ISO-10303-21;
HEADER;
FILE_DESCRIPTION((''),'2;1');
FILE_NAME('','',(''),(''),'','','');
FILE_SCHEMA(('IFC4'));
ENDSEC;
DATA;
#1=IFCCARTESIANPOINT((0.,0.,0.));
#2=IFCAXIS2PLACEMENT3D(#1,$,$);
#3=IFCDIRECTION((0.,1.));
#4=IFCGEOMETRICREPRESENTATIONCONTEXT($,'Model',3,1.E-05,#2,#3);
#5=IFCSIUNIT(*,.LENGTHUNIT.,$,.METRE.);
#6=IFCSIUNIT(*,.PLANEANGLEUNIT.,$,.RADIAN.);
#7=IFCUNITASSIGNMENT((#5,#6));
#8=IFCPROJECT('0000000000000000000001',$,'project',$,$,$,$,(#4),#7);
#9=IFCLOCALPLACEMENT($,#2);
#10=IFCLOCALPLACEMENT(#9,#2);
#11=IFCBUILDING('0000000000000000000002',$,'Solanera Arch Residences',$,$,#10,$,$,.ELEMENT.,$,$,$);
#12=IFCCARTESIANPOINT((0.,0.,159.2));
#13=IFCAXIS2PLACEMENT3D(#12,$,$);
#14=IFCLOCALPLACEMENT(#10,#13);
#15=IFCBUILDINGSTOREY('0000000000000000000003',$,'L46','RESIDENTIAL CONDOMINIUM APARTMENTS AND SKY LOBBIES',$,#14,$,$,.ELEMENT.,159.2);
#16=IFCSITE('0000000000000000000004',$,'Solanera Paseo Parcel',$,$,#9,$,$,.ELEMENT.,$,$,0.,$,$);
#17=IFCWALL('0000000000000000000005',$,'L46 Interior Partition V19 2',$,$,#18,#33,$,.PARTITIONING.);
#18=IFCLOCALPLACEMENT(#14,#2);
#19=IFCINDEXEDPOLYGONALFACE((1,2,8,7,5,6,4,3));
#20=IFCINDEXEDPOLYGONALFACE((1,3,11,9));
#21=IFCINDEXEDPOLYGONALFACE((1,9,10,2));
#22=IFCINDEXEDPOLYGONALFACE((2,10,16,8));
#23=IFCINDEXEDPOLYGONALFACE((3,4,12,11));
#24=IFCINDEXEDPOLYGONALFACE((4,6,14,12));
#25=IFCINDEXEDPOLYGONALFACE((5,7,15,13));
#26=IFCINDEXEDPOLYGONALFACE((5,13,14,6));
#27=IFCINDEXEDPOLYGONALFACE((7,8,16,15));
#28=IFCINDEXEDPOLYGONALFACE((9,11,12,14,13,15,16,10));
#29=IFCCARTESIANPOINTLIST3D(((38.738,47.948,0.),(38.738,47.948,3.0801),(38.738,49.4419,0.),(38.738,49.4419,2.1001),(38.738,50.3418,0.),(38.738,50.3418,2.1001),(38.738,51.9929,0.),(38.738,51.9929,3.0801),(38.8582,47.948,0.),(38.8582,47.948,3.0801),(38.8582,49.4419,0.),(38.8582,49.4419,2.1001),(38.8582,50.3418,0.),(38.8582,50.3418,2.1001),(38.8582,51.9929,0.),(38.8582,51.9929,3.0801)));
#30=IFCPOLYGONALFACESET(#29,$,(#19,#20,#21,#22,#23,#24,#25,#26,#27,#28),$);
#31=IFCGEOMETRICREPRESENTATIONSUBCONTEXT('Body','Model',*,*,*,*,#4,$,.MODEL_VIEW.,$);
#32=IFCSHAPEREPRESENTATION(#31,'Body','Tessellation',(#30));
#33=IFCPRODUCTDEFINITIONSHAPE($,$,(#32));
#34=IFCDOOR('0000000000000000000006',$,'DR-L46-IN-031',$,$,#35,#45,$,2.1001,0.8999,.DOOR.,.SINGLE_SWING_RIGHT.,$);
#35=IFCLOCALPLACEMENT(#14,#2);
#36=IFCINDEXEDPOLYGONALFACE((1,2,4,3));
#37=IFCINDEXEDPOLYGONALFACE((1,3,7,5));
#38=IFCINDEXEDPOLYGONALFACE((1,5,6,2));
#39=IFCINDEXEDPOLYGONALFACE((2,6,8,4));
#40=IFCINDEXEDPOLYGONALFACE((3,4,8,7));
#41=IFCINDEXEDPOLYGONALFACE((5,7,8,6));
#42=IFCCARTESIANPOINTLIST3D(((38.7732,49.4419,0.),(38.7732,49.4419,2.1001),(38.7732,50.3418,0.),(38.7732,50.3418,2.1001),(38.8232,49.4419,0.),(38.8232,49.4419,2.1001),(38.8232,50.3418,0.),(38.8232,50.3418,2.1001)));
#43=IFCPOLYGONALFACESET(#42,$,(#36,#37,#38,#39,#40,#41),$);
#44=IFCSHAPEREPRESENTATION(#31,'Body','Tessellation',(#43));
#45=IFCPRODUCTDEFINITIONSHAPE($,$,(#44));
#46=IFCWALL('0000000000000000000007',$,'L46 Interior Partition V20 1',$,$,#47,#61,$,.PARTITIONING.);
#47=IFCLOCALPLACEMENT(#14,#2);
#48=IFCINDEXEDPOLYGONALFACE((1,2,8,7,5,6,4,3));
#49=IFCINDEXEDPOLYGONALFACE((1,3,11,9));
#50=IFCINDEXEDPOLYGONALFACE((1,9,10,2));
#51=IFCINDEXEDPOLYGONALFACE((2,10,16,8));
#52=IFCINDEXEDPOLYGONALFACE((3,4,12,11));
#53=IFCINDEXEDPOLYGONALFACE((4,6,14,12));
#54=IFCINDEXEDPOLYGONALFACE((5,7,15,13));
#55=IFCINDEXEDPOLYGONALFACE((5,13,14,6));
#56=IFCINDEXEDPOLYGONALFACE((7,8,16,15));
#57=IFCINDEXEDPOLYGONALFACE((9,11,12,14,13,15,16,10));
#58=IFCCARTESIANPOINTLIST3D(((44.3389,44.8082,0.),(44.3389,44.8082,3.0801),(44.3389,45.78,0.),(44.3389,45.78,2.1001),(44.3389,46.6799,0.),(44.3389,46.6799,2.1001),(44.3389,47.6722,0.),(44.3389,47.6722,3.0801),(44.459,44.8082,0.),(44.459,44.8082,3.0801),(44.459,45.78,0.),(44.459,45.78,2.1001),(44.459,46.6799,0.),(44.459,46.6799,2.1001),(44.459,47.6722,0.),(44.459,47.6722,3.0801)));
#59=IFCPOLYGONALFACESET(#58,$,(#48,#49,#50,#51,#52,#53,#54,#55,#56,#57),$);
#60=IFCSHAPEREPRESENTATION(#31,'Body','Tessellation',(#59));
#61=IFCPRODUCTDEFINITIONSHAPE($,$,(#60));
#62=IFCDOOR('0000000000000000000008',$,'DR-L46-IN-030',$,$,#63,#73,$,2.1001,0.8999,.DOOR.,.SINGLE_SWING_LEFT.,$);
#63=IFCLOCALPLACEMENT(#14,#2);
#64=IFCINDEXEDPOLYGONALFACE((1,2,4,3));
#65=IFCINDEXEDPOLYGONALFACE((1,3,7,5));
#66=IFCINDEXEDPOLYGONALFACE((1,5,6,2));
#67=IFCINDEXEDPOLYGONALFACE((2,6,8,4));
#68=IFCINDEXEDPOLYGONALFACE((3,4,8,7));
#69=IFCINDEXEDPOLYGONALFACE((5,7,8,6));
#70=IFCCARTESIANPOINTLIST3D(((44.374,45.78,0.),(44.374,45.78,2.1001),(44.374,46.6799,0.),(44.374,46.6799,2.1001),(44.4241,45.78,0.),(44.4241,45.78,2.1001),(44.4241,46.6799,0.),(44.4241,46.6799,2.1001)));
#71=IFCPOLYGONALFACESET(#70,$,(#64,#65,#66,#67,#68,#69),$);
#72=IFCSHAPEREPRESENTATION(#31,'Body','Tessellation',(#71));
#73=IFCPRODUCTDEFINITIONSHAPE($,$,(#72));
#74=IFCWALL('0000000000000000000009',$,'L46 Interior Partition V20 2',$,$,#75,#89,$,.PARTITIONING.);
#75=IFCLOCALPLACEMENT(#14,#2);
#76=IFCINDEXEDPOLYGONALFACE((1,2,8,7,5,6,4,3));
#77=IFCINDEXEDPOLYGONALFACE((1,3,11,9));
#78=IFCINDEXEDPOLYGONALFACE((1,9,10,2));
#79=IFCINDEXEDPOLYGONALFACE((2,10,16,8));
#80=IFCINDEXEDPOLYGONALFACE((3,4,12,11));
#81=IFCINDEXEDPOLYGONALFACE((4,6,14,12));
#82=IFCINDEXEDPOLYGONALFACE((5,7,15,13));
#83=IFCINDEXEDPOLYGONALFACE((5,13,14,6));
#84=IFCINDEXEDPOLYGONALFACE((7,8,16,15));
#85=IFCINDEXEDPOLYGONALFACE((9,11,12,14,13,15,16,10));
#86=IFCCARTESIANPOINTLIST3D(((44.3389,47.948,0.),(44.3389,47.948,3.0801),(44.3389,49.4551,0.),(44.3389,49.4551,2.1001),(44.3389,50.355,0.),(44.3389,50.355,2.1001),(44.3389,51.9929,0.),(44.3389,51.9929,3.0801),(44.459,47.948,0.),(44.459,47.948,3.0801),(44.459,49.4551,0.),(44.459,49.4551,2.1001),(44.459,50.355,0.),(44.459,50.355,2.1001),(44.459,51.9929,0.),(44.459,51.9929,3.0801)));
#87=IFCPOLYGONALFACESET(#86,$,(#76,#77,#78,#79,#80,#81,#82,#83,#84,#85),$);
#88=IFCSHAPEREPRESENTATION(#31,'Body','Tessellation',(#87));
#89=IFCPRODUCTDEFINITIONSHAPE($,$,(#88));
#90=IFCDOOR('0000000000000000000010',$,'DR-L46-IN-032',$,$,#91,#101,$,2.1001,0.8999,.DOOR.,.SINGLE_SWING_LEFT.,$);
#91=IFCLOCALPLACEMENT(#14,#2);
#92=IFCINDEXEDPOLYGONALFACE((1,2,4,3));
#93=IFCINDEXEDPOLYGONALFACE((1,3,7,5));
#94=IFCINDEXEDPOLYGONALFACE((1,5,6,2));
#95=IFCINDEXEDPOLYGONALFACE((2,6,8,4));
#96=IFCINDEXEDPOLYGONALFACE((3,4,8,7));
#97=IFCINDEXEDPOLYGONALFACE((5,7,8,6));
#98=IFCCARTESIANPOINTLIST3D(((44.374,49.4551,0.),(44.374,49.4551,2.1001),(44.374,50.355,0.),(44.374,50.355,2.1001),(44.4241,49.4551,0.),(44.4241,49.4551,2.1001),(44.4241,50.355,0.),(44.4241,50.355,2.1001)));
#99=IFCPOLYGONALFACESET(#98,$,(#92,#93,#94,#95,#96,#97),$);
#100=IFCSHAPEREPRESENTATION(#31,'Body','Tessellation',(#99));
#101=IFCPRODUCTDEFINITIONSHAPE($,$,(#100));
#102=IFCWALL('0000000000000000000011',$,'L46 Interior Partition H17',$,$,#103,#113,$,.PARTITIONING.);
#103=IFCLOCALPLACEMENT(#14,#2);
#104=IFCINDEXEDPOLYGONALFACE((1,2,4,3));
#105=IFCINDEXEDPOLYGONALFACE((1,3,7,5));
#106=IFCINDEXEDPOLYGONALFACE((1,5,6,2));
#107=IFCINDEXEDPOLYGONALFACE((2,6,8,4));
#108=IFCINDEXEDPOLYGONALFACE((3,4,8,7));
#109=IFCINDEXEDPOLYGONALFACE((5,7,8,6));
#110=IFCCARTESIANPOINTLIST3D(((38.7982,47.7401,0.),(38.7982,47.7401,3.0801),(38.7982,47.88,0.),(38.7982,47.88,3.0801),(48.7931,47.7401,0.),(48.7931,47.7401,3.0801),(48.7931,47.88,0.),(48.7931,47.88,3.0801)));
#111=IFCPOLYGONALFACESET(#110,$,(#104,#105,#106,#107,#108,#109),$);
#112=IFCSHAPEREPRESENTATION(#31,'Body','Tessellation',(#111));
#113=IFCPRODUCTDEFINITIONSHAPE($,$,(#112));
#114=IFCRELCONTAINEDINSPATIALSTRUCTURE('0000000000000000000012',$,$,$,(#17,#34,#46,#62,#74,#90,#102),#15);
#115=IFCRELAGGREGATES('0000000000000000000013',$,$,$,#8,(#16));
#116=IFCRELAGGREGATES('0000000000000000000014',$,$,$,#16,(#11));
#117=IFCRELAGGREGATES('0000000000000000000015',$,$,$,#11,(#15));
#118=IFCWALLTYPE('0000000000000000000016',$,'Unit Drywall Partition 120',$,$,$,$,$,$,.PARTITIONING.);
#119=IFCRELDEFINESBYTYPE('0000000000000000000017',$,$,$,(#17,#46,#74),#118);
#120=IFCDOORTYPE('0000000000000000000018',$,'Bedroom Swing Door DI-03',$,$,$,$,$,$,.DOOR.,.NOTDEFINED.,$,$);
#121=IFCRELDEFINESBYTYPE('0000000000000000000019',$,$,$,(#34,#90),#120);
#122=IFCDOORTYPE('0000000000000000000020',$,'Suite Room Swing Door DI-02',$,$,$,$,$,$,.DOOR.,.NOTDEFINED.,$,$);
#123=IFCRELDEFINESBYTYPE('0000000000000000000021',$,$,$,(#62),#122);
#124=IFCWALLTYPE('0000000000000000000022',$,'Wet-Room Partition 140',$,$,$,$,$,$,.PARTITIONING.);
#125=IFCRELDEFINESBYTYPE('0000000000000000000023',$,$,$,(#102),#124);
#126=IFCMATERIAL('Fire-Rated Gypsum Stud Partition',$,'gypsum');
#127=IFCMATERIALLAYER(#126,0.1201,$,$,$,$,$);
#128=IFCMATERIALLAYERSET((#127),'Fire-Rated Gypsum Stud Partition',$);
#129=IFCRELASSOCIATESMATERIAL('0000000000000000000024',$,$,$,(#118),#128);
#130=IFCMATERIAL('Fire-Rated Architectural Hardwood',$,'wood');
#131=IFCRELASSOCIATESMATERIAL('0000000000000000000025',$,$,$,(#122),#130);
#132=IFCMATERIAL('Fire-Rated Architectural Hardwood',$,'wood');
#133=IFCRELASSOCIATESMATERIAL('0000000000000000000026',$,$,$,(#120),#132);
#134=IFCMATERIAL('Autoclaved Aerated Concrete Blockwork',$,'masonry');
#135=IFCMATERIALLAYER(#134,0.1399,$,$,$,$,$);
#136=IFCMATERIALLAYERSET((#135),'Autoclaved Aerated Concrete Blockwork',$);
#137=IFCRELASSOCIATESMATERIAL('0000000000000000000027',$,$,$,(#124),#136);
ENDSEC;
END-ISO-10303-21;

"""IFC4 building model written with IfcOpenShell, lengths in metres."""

from ifc_helpers import new_model, si_unit, direction, frame, frame_2d, origin, place, context, subcontext, project, spatial, rectangle, extrude, material, layer, layer_set, type_object, element, fill, save


model = new_model("IFC4")

# Units and contexts
model_context = context("Model", 3, precision=1e-05, world=origin(), true_north=direction((0.0, 1.0)))
body_context = subcontext(model_context, "Body", "Model", "MODEL_VIEW")
ifc_project = project(units=[si_unit("LENGTHUNIT", "METRE"), si_unit("PLANEANGLEUNIT", "RADIAN")], contexts=[model_context])

# Site, building, storey
site_placement = place(None, origin())
site = spatial("IfcSite", under=ifc_project, at=site_placement, Name="Solanera Paseo Parcel", CompositionType="ELEMENT", RefElevation=0.0)
building_placement = place(site_placement, origin())
building = spatial("IfcBuilding", under=site, at=building_placement, Name="Solanera Arch Residences", CompositionType="ELEMENT")
storey_placement = place(building_placement, frame((0.0, 0.0, 159.2)))
storey = spatial("IfcBuildingStorey", under=building, at=storey_placement, Name="L46", Description="RESIDENTIAL CONDOMINIUM APARTMENTS AND SKY LOBBIES", CompositionType="ELEMENT", Elevation=159.2)

# Shared definitions
ifc_material_1 = material(Name="Fire-Rated Gypsum Stud Partition", Category="gypsum")
ifc_layer_1 = layer(ifc_material_1, 0.1201)
ifc_layer_set_1 = layer_set([ifc_layer_1], Name="Fire-Rated Gypsum Stud Partition")
wall_type_1 = type_object("IfcWallType", Name="Unit Drywall Partition 120", PredefinedType="PARTITIONING", material=ifc_layer_set_1)

# Walls, openings, doors
ifc_material_2 = material(Name="Fire-Rated Architectural Hardwood", Category="wood")
door_type_1 = type_object("IfcDoorType", Name="Suite Room Swing Door DI-02", OperationType="NOTDEFINED", PredefinedType="DOOR", material=ifc_material_2)
wall_1_placement = place(storey_placement, frame((38.7981, 47.948, 0.0), z_axis=(0.0, 0.0, 1.0), x_axis=(0.0, 1.0, 0.0)))
wall_1 = element("IfcWall", 1, at=wall_1_placement, inside=storey, type_object=wall_type_1, Name="L46 Interior Partition V19 2", PredefinedType="PARTITIONING", context=body_context, shape_type="SweptSolid", body=[
    extrude(rectangle(XDim=4.0449, YDim=0.1201, at=frame_2d((2.0225, 0.0))), origin(), (0.0, 0.0, 1.0), 3.0801),
])
opening_1_placement = place(wall_1_placement, frame((1.4939, 0.0, 0.0)))
opening_1 = element("IfcOpeningElement", 2, at=opening_1_placement, cuts=wall_1, PredefinedType="OPENING", context=body_context, shape_type="SweptSolid", body=[
    extrude(rectangle(XDim=0.8999, YDim=2.1001, at=frame_2d((0.45, 1.05))), frame((0.0, 0.0701, 0.0), z_axis=(0.0, -1.0, 0.0), x_axis=(1.0, 0.0, 0.0)), (0.0, 0.0, 1.0), 0.1401),
])
ifc_material_3 = material(Name="Fire-Rated Architectural Hardwood", Category="wood")
door_type_2 = type_object("IfcDoorType", Name="Bedroom Swing Door DI-03", OperationType="NOTDEFINED", PredefinedType="DOOR", material=ifc_material_3)
door_1_placement = place(opening_1_placement, origin())
door_1 = element("IfcDoor", 3, at=door_1_placement, inside=storey, type_object=door_type_2, Name="DR-L46-IN-031", OperationType="SINGLE_SWING_RIGHT", OverallHeight=2.1001, OverallWidth=0.8999, PredefinedType="DOOR", context=body_context, shape_type="SweptSolid", body=[
    extrude(rectangle(XDim=0.8999, YDim=2.1001, at=frame_2d((0.45, 1.05))), frame((0.0, 0.0249, 0.0), z_axis=(0.0, -1.0, 0.0), x_axis=(1.0, 0.0, 0.0)), (0.0, 0.0, 1.0), 0.05),
])
fill(opening_1, door_1)
wall_2_placement = place(storey_placement, frame((44.3989, 44.8081, 0.0), z_axis=(0.0, 0.0, 1.0), x_axis=(0.0, 1.0, 0.0)))
wall_2 = element("IfcWall", 4, at=wall_2_placement, inside=storey, type_object=wall_type_1, Name="L46 Interior Partition V20 1", PredefinedType="PARTITIONING", context=body_context, shape_type="SweptSolid", body=[
    extrude(rectangle(XDim=2.864, YDim=0.1201, at=frame_2d((1.4321, 0.0))), origin(), (0.0, 0.0, 1.0), 3.0801),
])
opening_2_placement = place(wall_2_placement, frame((0.9719, 0.0, 0.0)))
opening_2 = element("IfcOpeningElement", 5, at=opening_2_placement, cuts=wall_2, PredefinedType="OPENING", context=body_context, shape_type="SweptSolid", body=[
    extrude(rectangle(XDim=0.8999, YDim=2.1001, at=frame_2d((0.45, 1.05))), frame((0.0, 0.0701, 0.0), z_axis=(0.0, -1.0, 0.0), x_axis=(1.0, 0.0, 0.0)), (0.0, 0.0, 1.0), 0.1401),
])
door_2_placement = place(opening_2_placement, origin())
door_2 = element("IfcDoor", 6, at=door_2_placement, inside=storey, type_object=door_type_1, Name="DR-L46-IN-030", OperationType="SINGLE_SWING_LEFT", OverallHeight=2.1001, OverallWidth=0.8999, PredefinedType="DOOR", context=body_context, shape_type="SweptSolid", body=[
    extrude(rectangle(XDim=0.8999, YDim=2.1001, at=frame_2d((0.45, 1.05))), frame((0.0, 0.0249, 0.0), z_axis=(0.0, -1.0, 0.0), x_axis=(1.0, 0.0, 0.0)), (0.0, 0.0, 1.0), 0.05),
])
fill(opening_2, door_2)
wall_3_placement = place(storey_placement, frame((44.3989, 47.948, 0.0), z_axis=(0.0, 0.0, 1.0), x_axis=(0.0, 1.0, 0.0)))
wall_3 = element("IfcWall", 7, at=wall_3_placement, inside=storey, type_object=wall_type_1, Name="L46 Interior Partition V20 2", PredefinedType="PARTITIONING", context=body_context, shape_type="SweptSolid", body=[
    extrude(rectangle(XDim=4.0449, YDim=0.1201, at=frame_2d((2.0225, 0.0))), origin(), (0.0, 0.0, 1.0), 3.0801),
])
opening_3_placement = place(wall_3_placement, frame((1.5071, 0.0, 0.0)))
opening_3 = element("IfcOpeningElement", 8, at=opening_3_placement, cuts=wall_3, PredefinedType="OPENING", context=body_context, shape_type="SweptSolid", body=[
    extrude(rectangle(XDim=0.8999, YDim=2.1001, at=frame_2d((0.45, 1.05))), frame((0.0, 0.0701, 0.0), z_axis=(0.0, -1.0, 0.0), x_axis=(1.0, 0.0, 0.0)), (0.0, 0.0, 1.0), 0.1401),
])
door_3_placement = place(opening_3_placement, origin())
door_3 = element("IfcDoor", 9, at=door_3_placement, inside=storey, type_object=door_type_2, Name="DR-L46-IN-032", OperationType="SINGLE_SWING_LEFT", OverallHeight=2.1001, OverallWidth=0.8999, PredefinedType="DOOR", context=body_context, shape_type="SweptSolid", body=[
    extrude(rectangle(XDim=0.8999, YDim=2.1001, at=frame_2d((0.45, 1.05))), frame((0.0, 0.0249, 0.0), z_axis=(0.0, -1.0, 0.0), x_axis=(1.0, 0.0, 0.0)), (0.0, 0.0, 1.0), 0.05),
])
fill(opening_3, door_3)

# Wall
ifc_material_4 = material(Name="Autoclaved Aerated Concrete Blockwork", Category="masonry")
ifc_layer_2 = layer(ifc_material_4, 0.1399)
ifc_layer_set_2 = layer_set([ifc_layer_2], Name="Autoclaved Aerated Concrete Blockwork")
wall_type_2 = type_object("IfcWallType", Name="Wet-Room Partition 140", PredefinedType="PARTITIONING", material=ifc_layer_set_2)
wall_4_placement = place(storey_placement, frame((38.7981, 47.8101, 0.0), z_axis=(0.0, 0.0, 1.0), x_axis=(1.0, 0.0, 0.0)))
element("IfcWall", 10, at=wall_4_placement, inside=storey, type_object=wall_type_2, Name="L46 Interior Partition H17", PredefinedType="PARTITIONING", context=body_context, shape_type="SweptSolid", body=[
    extrude(rectangle(XDim=9.9949, YDim=0.1399, at=frame_2d((4.9976, 0.0))), origin(), (0.0, 0.0, 1.0), 3.0801),
])

save(model, "model.ifc")
